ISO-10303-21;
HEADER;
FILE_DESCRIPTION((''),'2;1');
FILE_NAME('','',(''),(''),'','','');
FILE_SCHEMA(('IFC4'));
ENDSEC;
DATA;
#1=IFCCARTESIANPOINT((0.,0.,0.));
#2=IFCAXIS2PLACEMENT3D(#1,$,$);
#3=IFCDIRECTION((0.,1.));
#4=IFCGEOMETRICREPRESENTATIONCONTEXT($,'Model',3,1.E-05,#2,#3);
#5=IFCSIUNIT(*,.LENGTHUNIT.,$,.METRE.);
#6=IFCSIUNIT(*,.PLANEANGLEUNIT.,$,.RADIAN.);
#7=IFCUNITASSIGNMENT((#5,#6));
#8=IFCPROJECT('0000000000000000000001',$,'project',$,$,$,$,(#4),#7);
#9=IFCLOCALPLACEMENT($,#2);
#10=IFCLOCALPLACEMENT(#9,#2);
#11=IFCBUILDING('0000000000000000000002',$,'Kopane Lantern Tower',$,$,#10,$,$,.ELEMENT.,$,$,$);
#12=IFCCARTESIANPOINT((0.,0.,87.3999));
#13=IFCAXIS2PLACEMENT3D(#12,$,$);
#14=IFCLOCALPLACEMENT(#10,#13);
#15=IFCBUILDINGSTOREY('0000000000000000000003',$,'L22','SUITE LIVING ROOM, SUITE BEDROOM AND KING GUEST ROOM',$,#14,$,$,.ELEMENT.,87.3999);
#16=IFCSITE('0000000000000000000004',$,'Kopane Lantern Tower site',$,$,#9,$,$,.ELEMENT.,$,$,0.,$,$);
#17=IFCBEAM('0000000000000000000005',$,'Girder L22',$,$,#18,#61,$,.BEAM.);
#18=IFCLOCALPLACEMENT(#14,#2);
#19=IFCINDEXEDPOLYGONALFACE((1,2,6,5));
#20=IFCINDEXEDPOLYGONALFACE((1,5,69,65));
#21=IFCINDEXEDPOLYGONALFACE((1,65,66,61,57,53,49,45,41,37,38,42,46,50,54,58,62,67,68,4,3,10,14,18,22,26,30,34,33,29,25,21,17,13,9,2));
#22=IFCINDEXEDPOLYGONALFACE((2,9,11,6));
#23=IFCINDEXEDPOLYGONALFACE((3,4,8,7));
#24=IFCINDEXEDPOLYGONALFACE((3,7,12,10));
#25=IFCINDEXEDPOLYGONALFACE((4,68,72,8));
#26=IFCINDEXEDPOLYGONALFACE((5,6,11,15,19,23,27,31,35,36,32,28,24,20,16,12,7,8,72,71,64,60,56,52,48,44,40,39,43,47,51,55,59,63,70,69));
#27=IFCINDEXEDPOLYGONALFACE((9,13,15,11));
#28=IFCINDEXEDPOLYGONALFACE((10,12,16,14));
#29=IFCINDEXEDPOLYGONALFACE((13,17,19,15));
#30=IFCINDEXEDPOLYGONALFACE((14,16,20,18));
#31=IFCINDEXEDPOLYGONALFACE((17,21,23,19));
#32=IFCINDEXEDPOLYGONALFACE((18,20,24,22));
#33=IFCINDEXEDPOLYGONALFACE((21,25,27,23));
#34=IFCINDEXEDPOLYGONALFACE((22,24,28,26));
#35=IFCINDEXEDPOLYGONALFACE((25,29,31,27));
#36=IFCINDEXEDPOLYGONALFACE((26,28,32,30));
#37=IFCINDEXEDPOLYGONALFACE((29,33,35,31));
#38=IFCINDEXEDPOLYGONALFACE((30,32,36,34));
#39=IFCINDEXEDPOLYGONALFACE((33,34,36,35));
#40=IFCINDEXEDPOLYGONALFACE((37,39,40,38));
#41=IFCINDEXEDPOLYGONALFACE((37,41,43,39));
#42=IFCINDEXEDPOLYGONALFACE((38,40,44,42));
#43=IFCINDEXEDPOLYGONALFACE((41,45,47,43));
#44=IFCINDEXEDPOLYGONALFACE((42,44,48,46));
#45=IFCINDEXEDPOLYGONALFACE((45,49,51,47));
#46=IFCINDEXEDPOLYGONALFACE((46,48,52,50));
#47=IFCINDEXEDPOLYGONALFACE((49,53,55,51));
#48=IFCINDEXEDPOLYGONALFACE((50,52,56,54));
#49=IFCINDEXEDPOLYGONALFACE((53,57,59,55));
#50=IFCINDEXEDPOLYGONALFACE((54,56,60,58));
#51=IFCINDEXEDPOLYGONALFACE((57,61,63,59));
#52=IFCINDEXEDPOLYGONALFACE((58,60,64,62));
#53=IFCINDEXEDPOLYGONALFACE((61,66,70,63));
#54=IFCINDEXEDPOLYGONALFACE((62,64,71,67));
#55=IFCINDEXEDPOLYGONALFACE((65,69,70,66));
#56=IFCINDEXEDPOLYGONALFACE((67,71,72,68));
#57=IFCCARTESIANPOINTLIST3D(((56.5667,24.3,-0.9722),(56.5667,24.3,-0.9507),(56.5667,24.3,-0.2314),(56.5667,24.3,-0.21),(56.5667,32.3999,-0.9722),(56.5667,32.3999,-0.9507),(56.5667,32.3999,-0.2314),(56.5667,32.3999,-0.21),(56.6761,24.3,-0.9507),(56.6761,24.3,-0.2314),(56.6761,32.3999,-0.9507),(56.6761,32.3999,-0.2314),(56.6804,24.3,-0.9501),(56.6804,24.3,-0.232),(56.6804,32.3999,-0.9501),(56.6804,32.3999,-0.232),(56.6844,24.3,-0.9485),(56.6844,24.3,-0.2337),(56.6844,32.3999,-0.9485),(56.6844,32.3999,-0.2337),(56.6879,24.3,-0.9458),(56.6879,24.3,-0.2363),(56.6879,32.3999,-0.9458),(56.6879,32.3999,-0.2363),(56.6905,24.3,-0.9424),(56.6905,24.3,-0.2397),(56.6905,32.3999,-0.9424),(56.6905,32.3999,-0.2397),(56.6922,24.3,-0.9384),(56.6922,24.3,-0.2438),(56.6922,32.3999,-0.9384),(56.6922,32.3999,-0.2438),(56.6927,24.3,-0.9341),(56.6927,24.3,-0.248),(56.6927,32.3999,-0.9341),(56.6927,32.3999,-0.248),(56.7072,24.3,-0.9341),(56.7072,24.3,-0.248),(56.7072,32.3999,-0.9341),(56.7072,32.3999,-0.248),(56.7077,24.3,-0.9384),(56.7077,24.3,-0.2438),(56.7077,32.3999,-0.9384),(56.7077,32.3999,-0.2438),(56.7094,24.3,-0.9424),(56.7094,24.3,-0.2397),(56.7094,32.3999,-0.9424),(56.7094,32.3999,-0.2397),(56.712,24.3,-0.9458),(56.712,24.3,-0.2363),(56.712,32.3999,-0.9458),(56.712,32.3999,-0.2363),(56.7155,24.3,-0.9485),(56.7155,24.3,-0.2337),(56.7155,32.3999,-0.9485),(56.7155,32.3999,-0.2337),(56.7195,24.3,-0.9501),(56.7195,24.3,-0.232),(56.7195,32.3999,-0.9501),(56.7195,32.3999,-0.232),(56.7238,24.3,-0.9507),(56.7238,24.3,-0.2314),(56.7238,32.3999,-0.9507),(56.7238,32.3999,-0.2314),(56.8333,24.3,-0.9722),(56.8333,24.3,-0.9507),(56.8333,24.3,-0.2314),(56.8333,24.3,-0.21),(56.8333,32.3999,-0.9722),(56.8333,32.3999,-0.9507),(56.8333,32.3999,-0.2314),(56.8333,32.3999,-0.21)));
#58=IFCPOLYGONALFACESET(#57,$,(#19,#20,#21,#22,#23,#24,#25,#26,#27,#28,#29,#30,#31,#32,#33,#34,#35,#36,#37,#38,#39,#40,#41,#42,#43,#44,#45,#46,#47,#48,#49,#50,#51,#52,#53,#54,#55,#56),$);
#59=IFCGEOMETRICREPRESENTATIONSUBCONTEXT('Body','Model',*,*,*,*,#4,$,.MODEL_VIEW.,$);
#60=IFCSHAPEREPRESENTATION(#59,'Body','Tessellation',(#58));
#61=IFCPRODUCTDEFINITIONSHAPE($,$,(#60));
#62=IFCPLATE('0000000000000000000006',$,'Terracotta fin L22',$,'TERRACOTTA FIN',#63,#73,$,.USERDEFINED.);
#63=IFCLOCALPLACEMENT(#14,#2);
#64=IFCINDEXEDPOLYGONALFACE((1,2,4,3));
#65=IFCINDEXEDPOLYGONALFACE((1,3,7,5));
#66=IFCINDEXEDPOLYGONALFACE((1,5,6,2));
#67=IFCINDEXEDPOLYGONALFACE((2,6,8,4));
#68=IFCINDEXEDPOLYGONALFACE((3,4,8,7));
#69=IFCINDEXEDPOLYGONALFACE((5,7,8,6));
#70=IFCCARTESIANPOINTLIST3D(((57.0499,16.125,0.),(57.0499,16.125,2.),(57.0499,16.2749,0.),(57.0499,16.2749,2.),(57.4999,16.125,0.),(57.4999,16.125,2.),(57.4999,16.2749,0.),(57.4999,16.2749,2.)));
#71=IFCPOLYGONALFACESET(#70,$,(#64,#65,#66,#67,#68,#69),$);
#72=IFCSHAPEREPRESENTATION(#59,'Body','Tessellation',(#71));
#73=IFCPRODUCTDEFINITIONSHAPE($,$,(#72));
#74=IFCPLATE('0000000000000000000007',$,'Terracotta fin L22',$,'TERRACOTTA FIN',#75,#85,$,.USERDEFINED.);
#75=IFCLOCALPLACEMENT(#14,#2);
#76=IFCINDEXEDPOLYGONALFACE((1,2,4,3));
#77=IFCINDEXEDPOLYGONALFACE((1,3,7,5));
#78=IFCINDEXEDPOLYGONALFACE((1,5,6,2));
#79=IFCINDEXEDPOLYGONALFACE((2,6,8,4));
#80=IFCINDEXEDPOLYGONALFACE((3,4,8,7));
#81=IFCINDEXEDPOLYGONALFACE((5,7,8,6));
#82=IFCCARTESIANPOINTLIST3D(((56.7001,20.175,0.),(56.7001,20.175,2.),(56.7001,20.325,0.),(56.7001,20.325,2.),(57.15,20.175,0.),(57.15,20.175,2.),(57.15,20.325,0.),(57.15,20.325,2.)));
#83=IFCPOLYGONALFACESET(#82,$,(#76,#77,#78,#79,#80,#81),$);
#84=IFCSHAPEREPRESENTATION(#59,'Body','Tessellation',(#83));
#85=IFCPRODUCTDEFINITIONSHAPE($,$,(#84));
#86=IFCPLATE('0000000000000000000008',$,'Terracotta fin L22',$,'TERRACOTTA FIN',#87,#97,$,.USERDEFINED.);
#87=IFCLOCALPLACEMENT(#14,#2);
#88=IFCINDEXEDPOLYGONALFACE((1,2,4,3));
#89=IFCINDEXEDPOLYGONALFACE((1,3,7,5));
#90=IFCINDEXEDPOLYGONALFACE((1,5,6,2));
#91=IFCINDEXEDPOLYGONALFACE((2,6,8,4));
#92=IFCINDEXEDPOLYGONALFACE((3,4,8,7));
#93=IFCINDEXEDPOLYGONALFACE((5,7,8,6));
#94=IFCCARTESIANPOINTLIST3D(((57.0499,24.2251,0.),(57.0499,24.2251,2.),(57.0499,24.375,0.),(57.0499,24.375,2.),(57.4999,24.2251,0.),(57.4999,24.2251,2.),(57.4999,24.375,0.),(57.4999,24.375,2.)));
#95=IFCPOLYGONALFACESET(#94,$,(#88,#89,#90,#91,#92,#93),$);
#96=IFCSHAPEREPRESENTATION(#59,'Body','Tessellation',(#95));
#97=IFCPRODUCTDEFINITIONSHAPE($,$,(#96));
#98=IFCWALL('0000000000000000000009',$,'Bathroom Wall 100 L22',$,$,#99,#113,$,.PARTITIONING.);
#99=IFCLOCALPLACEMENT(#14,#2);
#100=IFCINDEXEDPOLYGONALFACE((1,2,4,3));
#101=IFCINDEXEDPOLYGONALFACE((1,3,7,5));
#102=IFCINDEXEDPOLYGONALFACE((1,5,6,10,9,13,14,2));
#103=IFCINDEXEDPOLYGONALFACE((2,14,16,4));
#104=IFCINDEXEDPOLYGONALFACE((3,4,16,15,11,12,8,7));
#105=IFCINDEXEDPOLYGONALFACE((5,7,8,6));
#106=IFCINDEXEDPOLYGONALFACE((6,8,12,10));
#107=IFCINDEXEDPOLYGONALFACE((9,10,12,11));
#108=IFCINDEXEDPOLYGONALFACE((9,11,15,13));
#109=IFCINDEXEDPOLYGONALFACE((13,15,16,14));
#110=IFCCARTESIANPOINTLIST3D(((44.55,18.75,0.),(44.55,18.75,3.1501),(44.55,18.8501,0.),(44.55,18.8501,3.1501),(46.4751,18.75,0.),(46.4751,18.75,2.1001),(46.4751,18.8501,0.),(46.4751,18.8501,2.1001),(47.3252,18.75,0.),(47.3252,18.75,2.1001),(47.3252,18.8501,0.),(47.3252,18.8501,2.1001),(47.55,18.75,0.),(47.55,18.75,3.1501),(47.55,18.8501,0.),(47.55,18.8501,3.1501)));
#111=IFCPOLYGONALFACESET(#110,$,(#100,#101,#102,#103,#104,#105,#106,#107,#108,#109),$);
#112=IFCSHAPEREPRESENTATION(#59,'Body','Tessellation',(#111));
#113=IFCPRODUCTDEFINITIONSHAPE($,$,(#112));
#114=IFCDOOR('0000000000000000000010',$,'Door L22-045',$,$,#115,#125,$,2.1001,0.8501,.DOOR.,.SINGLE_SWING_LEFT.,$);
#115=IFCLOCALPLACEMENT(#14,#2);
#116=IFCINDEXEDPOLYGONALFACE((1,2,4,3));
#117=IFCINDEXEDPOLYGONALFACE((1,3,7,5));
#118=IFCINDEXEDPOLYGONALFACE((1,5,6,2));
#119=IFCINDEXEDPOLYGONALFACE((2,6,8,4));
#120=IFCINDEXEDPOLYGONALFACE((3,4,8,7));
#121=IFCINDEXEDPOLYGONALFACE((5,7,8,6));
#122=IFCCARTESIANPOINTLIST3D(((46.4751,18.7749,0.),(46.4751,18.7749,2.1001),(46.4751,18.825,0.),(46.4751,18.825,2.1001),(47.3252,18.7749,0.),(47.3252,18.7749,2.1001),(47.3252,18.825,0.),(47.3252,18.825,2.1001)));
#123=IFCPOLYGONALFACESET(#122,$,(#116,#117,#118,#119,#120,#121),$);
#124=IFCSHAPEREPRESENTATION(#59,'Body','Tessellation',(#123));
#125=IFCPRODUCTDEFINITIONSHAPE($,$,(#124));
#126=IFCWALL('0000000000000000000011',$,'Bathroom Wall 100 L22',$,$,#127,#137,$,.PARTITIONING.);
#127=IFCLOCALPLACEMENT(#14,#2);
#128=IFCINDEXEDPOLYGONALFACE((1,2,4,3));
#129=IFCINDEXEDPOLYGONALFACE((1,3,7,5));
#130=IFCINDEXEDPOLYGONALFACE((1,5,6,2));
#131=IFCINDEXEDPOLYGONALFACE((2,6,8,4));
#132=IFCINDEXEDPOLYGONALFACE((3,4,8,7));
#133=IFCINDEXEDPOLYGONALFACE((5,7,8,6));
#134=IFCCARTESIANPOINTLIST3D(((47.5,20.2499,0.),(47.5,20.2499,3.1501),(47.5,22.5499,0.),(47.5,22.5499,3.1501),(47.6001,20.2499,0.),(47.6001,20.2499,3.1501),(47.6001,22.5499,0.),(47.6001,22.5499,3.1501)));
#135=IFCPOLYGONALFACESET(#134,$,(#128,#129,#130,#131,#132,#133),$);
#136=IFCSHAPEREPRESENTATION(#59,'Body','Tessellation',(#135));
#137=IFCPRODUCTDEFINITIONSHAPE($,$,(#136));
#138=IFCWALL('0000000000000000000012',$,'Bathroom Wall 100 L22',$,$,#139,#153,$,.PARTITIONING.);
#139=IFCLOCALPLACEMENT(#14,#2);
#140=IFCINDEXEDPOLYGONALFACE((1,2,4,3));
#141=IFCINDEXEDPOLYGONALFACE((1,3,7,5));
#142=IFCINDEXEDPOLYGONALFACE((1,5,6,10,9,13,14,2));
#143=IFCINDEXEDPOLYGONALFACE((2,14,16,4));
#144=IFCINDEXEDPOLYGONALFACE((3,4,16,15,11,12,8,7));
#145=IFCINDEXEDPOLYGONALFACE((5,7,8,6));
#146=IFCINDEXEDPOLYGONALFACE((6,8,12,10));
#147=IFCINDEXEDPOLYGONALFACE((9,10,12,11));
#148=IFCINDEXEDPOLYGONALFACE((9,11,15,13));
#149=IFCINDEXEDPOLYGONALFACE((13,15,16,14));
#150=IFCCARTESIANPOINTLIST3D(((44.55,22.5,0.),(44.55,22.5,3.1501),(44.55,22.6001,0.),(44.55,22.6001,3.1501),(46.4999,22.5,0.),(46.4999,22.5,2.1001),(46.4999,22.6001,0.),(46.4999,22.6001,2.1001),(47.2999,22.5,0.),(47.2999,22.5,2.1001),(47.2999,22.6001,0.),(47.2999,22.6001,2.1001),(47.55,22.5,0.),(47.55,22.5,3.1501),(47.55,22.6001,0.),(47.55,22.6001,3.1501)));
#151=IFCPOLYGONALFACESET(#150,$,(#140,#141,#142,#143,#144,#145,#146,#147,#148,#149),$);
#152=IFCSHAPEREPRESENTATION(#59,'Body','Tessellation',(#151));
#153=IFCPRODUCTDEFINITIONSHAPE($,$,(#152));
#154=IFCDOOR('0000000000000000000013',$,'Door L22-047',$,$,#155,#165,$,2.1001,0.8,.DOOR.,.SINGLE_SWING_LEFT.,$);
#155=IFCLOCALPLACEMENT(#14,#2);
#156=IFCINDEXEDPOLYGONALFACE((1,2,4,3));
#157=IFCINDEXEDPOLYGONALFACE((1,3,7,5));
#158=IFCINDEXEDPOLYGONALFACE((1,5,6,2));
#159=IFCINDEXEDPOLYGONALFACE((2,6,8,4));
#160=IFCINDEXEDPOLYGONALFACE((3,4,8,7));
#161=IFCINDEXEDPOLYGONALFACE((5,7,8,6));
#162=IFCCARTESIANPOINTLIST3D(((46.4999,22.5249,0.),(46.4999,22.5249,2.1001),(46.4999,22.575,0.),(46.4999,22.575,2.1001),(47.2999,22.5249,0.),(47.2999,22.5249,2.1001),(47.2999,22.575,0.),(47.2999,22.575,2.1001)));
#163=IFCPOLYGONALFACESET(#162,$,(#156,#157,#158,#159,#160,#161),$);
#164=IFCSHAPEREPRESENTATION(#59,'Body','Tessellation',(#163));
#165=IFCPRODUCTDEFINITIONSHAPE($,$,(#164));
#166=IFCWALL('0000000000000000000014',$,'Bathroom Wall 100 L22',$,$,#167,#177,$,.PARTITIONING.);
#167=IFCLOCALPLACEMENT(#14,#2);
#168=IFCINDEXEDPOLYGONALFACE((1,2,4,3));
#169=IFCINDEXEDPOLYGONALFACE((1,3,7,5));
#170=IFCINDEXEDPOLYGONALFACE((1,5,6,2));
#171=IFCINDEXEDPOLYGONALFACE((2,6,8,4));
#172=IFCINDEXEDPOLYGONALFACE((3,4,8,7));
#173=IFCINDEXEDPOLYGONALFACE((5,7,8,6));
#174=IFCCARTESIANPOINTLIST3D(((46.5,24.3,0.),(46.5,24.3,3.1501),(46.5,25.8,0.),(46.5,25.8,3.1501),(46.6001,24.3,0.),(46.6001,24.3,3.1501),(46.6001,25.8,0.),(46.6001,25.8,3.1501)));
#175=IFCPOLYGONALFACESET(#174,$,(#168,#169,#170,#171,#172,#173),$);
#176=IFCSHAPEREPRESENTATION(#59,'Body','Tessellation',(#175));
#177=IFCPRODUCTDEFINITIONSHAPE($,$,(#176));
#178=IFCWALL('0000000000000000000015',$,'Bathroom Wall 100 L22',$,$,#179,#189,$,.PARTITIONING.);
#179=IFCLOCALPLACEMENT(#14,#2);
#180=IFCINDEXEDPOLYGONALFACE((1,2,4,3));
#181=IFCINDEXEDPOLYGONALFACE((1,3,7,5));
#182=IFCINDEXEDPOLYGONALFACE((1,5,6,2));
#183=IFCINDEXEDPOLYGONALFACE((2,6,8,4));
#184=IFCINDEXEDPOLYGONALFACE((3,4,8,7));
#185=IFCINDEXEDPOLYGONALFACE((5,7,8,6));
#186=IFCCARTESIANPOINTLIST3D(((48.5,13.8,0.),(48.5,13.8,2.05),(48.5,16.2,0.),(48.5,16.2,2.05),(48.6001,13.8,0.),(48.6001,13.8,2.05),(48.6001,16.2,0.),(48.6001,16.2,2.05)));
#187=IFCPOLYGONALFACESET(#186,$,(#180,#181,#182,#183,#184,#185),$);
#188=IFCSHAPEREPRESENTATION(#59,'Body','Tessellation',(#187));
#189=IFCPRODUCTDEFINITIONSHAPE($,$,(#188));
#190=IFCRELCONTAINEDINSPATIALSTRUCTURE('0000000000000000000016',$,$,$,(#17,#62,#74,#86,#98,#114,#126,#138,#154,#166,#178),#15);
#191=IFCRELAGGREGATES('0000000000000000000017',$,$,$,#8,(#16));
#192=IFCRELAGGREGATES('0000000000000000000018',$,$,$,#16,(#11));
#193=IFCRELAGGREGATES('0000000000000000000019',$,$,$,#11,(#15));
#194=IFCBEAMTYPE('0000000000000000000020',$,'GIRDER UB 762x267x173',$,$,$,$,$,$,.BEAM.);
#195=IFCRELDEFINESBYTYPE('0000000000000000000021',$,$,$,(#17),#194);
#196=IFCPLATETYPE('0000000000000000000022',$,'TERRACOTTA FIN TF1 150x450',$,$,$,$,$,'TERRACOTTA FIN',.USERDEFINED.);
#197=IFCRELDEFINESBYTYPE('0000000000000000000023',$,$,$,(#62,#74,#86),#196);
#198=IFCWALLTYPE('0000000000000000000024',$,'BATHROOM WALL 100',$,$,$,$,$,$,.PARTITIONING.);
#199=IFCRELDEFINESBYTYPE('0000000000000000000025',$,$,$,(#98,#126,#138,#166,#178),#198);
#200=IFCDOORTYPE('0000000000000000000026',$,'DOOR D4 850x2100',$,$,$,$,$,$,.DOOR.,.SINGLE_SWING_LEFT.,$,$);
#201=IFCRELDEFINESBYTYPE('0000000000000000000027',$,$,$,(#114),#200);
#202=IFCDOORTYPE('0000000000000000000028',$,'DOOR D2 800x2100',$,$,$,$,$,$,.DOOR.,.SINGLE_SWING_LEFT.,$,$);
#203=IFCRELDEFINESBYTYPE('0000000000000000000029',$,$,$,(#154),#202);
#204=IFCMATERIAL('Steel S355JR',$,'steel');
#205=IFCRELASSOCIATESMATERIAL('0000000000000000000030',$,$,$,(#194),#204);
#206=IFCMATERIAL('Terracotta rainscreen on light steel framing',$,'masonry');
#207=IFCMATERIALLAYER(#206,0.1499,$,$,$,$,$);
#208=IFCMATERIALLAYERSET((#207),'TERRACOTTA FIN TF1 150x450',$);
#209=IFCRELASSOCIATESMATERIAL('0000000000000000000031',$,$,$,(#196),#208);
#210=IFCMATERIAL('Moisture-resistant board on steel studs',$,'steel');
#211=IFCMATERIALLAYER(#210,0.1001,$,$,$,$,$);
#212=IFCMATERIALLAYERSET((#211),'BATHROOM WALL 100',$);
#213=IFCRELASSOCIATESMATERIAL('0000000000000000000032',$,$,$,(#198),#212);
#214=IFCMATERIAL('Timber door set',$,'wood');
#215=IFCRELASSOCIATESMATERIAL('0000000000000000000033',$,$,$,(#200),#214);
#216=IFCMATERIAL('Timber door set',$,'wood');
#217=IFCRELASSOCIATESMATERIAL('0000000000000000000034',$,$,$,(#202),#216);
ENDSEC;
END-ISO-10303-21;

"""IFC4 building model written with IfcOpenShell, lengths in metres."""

from ifc_helpers import new_model, si_unit, direction, frame, frame_2d, origin, origin_2d, place, context, subcontext, project, spatial, rectangle, i_section, extrude, material, layer, layer_set, material_profile, profile_set, type_object, element, fill, save


model = new_model("IFC4")

# Units and contexts
model_context = context("Model", 3, precision=1e-05, world=origin(), true_north=direction((0.0, 1.0)))
body_context = subcontext(model_context, "Body", "Model", "MODEL_VIEW")
ifc_project = project(units=[si_unit("LENGTHUNIT", "METRE"), si_unit("PLANEANGLEUNIT", "RADIAN")], contexts=[model_context])

# Site, building, storey
site_placement = place(None, origin())
site = spatial("IfcSite", under=ifc_project, at=site_placement, Name="Kopane Lantern Tower site", CompositionType="ELEMENT", RefElevation=0.0)
building_placement = place(site_placement, origin())
building = spatial("IfcBuilding", under=site, at=building_placement, Name="Kopane Lantern Tower", CompositionType="ELEMENT")
storey_placement = place(building_placement, frame((0.0, 0.0, 87.3999)))
storey = spatial("IfcBuildingStorey", under=building, at=storey_placement, Name="L22", Description="SUITE LIVING ROOM, SUITE BEDROOM AND KING GUEST ROOM", CompositionType="ELEMENT", Elevation=87.3999)

# Beam
ifc_material_1 = material(Name="Steel S355JR", Category="steel")
ifc_material_profile_1 = material_profile(ifc_material_1, i_section(OverallWidth=0.2666, OverallDepth=0.7622, WebThickness=0.0144, FlangeThickness=0.0215, FilletRadius=0.0166, at=origin_2d()), Name="UB 762x267x173")
ifc_profile_set_1 = profile_set([ifc_material_profile_1], Name="Steel S355JR")
beam_type = type_object("IfcBeamType", Name="GIRDER UB 762x267x173", PredefinedType="BEAM", material=ifc_profile_set_1)
beam_1_placement = place(storey_placement, frame((56.7, 24.3, -0.5911), z_axis=(0.0, 1.0, 0.0), x_axis=(-1.0, 0.0, 0.0)))
element("IfcBeam", 1, at=beam_1_placement, inside=storey, type_object=beam_type, Name="Girder L22", PredefinedType="BEAM", context=body_context, shape_type="SweptSolid", body=[
    extrude(i_section(OverallWidth=0.2666, OverallDepth=0.7622, WebThickness=0.0144, FlangeThickness=0.0215, FilletRadius=0.0166, at=origin_2d()), origin(), (0.0, 0.0, 1.0), 8.0999),
])

# Plates
ifc_material_2 = material(Name="Terracotta rainscreen on light steel framing", Category="masonry")
ifc_layer_1 = layer(ifc_material_2, 0.1499)
ifc_layer_set_1 = layer_set([ifc_layer_1], Name="TERRACOTTA FIN TF1 150x450")
plate_type = type_object("IfcPlateType", Name="TERRACOTTA FIN TF1 150x450", ElementType="TERRACOTTA FIN", PredefinedType="USERDEFINED", material=ifc_layer_set_1)
for number, where, z_axis, x_axis, name in (
    (2, (57.2749, 16.2, 0.0), (0.0, 0.0, 1.0), (0.0, 1.0, 0.0), "Terracotta fin L22"),
    (3, (56.925, 20.25, 0.0), (0.0, 0.0, 1.0), (0.0, 1.0, 0.0), "Terracotta fin L22"),
    (4, (57.2749, 24.3, 0.0), (0.0, 0.0, 1.0), (0.0, 1.0, 0.0), "Terracotta fin L22"),
):
    element("IfcPlate", number, at=place(storey_placement, frame(where, z_axis=z_axis, x_axis=x_axis)), inside=storey, type_object=plate_type, Name=name, ObjectType="TERRACOTTA FIN", PredefinedType="USERDEFINED", context=body_context, shape_type="SweptSolid", body=[
        extrude(rectangle(XDim=0.1499, YDim=0.45, at=origin_2d()), origin(), (0.0, 0.0, 1.0), 2.0),
    ])

# Wall, opening, door
ifc_material_3 = material(Name="Moisture-resistant board on steel studs", Category="steel")
ifc_layer_2 = layer(ifc_material_3, 0.1001)
ifc_layer_set_2 = layer_set([ifc_layer_2], Name="BATHROOM WALL 100")
wall_type_1 = type_object("IfcWallType", Name="BATHROOM WALL 100", PredefinedType="PARTITIONING", material=ifc_layer_set_2)
wall_1_placement = place(storey_placement, frame((44.55, 18.8, 0.0), z_axis=(0.0, 0.0, 1.0), x_axis=(1.0, 0.0, 0.0)))
wall_1 = element("IfcWall", 5, at=wall_1_placement, inside=storey, type_object=wall_type_1, Name="Bathroom Wall 100 L22", PredefinedType="PARTITIONING", context=body_context, shape_type="SweptSolid", body=[
    extrude(rectangle(XDim=3.0, YDim=0.1001, at=frame_2d((1.5, 0.0))), origin(), (0.0, 0.0, 1.0), 3.1501),
])
opening_1_placement = place(wall_1_placement, frame((1.925, 0.0, 0.0)))
opening_1 = element("IfcOpeningElement", 6, at=opening_1_placement, cuts=wall_1, PredefinedType="OPENING", context=body_context, shape_type="SweptSolid", body=[
    extrude(rectangle(XDim=0.8501, YDim=2.1001, at=frame_2d((0.425, 1.05))), frame((0.0, 0.0601, 0.0), z_axis=(0.0, -1.0, 0.0), x_axis=(1.0, 0.0, 0.0)), (0.0, 0.0, 1.0), 0.1201),
])
ifc_material_4 = material(Name="Timber door set", Category="wood")
door_type_1 = type_object("IfcDoorType", Name="DOOR D4 850x2100", OperationType="SINGLE_SWING_LEFT", PredefinedType="DOOR", material=ifc_material_4)
door_1_placement = place(opening_1_placement, origin())
door_1 = element("IfcDoor", 7, at=door_1_placement, inside=storey, type_object=door_type_1, Name="Door L22-045", OperationType="SINGLE_SWING_LEFT", OverallHeight=2.1001, OverallWidth=0.8501, PredefinedType="DOOR", context=body_context, shape_type="SweptSolid", body=[
    extrude(rectangle(XDim=0.8501, YDim=2.1001, at=frame_2d((0.425, 1.05))), frame((0.0, 0.0249, 0.0), z_axis=(0.0, -1.0, 0.0), x_axis=(1.0, 0.0, 0.0)), (0.0, 0.0, 1.0), 0.05),
])
fill(opening_1, door_1)

# Wall
wall_2_placement = place(storey_placement, frame((47.55, 20.25, 0.0), z_axis=(0.0, 0.0, 1.0), x_axis=(0.0, 1.0, 0.0)))
element("IfcWall", 8, at=wall_2_placement, inside=storey, type_object=wall_type_1, Name="Bathroom Wall 100 L22", PredefinedType="PARTITIONING", context=body_context, shape_type="SweptSolid", body=[
    extrude(rectangle(XDim=2.3, YDim=0.1001, at=frame_2d((1.1499, 0.0))), origin(), (0.0, 0.0, 1.0), 3.1501),
])

# Wall, opening, door
wall_3_placement = place(storey_placement, frame((44.55, 22.55, 0.0), z_axis=(0.0, 0.0, 1.0), x_axis=(1.0, 0.0, 0.0)))
wall_3 = element("IfcWall", 9, at=wall_3_placement, inside=storey, type_object=wall_type_1, Name="Bathroom Wall 100 L22", PredefinedType="PARTITIONING", context=body_context, shape_type="SweptSolid", body=[
    extrude(rectangle(XDim=3.0, YDim=0.1001, at=frame_2d((1.5, 0.0))), origin(), (0.0, 0.0, 1.0), 3.1501),
])
opening_2_placement = place(wall_3_placement, frame((1.95, 0.0, 0.0)))
opening_2 = element("IfcOpeningElement", 10, at=opening_2_placement, cuts=wall_3, PredefinedType="OPENING", context=body_context, shape_type="SweptSolid", body=[
    extrude(rectangle(XDim=0.8, YDim=2.1001, at=frame_2d((0.3999, 1.05))), frame((0.0, 0.0601, 0.0), z_axis=(0.0, -1.0, 0.0), x_axis=(1.0, 0.0, 0.0)), (0.0, 0.0, 1.0), 0.1201),
])
ifc_material_5 = material(Name="Timber door set", Category="wood")
door_type_2 = type_object("IfcDoorType", Name="DOOR D2 800x2100", OperationType="SINGLE_SWING_LEFT", PredefinedType="DOOR", material=ifc_material_5)
door_2_placement = place(opening_2_placement, origin())
door_2 = element("IfcDoor", 11, at=door_2_placement, inside=storey, type_object=door_type_2, Name="Door L22-047", OperationType="SINGLE_SWING_LEFT", OverallHeight=2.1001, OverallWidth=0.8, PredefinedType="DOOR", context=body_context, shape_type="SweptSolid", body=[
    extrude(rectangle(XDim=0.8, YDim=2.1001, at=frame_2d((0.3999, 1.05))), frame((0.0, 0.0249, 0.0), z_axis=(0.0, -1.0, 0.0), x_axis=(1.0, 0.0, 0.0)), (0.0, 0.0, 1.0), 0.05),
])
fill(opening_2, door_2)

# Walls
wall_4_placement = place(storey_placement, frame((46.55, 24.3, 0.0), z_axis=(0.0, 0.0, 1.0), x_axis=(0.0, 1.0, 0.0)))
element("IfcWall", 12, at=wall_4_placement, inside=storey, type_object=wall_type_1, Name="Bathroom Wall 100 L22", PredefinedType="PARTITIONING", context=body_context, shape_type="SweptSolid", body=[
    extrude(rectangle(XDim=1.5, YDim=0.1001, at=frame_2d((0.75, 0.0))), origin(), (0.0, 0.0, 1.0), 3.1501),
])
wall_5_placement = place(storey_placement, frame((48.55, 16.2, 0.0), z_axis=(0.0, 0.0, 1.0), x_axis=(0.0, -1.0, 0.0)))
element("IfcWall", 13, at=wall_5_placement, inside=storey, type_object=wall_type_1, Name="Bathroom Wall 100 L22", PredefinedType="PARTITIONING", context=body_context, shape_type="SweptSolid", body=[
    extrude(rectangle(XDim=2.3999, YDim=0.1001, at=frame_2d((1.2, 0.0))), origin(), (0.0, 0.0, 1.0), 2.05),
])

save(model, "model.ifc")
